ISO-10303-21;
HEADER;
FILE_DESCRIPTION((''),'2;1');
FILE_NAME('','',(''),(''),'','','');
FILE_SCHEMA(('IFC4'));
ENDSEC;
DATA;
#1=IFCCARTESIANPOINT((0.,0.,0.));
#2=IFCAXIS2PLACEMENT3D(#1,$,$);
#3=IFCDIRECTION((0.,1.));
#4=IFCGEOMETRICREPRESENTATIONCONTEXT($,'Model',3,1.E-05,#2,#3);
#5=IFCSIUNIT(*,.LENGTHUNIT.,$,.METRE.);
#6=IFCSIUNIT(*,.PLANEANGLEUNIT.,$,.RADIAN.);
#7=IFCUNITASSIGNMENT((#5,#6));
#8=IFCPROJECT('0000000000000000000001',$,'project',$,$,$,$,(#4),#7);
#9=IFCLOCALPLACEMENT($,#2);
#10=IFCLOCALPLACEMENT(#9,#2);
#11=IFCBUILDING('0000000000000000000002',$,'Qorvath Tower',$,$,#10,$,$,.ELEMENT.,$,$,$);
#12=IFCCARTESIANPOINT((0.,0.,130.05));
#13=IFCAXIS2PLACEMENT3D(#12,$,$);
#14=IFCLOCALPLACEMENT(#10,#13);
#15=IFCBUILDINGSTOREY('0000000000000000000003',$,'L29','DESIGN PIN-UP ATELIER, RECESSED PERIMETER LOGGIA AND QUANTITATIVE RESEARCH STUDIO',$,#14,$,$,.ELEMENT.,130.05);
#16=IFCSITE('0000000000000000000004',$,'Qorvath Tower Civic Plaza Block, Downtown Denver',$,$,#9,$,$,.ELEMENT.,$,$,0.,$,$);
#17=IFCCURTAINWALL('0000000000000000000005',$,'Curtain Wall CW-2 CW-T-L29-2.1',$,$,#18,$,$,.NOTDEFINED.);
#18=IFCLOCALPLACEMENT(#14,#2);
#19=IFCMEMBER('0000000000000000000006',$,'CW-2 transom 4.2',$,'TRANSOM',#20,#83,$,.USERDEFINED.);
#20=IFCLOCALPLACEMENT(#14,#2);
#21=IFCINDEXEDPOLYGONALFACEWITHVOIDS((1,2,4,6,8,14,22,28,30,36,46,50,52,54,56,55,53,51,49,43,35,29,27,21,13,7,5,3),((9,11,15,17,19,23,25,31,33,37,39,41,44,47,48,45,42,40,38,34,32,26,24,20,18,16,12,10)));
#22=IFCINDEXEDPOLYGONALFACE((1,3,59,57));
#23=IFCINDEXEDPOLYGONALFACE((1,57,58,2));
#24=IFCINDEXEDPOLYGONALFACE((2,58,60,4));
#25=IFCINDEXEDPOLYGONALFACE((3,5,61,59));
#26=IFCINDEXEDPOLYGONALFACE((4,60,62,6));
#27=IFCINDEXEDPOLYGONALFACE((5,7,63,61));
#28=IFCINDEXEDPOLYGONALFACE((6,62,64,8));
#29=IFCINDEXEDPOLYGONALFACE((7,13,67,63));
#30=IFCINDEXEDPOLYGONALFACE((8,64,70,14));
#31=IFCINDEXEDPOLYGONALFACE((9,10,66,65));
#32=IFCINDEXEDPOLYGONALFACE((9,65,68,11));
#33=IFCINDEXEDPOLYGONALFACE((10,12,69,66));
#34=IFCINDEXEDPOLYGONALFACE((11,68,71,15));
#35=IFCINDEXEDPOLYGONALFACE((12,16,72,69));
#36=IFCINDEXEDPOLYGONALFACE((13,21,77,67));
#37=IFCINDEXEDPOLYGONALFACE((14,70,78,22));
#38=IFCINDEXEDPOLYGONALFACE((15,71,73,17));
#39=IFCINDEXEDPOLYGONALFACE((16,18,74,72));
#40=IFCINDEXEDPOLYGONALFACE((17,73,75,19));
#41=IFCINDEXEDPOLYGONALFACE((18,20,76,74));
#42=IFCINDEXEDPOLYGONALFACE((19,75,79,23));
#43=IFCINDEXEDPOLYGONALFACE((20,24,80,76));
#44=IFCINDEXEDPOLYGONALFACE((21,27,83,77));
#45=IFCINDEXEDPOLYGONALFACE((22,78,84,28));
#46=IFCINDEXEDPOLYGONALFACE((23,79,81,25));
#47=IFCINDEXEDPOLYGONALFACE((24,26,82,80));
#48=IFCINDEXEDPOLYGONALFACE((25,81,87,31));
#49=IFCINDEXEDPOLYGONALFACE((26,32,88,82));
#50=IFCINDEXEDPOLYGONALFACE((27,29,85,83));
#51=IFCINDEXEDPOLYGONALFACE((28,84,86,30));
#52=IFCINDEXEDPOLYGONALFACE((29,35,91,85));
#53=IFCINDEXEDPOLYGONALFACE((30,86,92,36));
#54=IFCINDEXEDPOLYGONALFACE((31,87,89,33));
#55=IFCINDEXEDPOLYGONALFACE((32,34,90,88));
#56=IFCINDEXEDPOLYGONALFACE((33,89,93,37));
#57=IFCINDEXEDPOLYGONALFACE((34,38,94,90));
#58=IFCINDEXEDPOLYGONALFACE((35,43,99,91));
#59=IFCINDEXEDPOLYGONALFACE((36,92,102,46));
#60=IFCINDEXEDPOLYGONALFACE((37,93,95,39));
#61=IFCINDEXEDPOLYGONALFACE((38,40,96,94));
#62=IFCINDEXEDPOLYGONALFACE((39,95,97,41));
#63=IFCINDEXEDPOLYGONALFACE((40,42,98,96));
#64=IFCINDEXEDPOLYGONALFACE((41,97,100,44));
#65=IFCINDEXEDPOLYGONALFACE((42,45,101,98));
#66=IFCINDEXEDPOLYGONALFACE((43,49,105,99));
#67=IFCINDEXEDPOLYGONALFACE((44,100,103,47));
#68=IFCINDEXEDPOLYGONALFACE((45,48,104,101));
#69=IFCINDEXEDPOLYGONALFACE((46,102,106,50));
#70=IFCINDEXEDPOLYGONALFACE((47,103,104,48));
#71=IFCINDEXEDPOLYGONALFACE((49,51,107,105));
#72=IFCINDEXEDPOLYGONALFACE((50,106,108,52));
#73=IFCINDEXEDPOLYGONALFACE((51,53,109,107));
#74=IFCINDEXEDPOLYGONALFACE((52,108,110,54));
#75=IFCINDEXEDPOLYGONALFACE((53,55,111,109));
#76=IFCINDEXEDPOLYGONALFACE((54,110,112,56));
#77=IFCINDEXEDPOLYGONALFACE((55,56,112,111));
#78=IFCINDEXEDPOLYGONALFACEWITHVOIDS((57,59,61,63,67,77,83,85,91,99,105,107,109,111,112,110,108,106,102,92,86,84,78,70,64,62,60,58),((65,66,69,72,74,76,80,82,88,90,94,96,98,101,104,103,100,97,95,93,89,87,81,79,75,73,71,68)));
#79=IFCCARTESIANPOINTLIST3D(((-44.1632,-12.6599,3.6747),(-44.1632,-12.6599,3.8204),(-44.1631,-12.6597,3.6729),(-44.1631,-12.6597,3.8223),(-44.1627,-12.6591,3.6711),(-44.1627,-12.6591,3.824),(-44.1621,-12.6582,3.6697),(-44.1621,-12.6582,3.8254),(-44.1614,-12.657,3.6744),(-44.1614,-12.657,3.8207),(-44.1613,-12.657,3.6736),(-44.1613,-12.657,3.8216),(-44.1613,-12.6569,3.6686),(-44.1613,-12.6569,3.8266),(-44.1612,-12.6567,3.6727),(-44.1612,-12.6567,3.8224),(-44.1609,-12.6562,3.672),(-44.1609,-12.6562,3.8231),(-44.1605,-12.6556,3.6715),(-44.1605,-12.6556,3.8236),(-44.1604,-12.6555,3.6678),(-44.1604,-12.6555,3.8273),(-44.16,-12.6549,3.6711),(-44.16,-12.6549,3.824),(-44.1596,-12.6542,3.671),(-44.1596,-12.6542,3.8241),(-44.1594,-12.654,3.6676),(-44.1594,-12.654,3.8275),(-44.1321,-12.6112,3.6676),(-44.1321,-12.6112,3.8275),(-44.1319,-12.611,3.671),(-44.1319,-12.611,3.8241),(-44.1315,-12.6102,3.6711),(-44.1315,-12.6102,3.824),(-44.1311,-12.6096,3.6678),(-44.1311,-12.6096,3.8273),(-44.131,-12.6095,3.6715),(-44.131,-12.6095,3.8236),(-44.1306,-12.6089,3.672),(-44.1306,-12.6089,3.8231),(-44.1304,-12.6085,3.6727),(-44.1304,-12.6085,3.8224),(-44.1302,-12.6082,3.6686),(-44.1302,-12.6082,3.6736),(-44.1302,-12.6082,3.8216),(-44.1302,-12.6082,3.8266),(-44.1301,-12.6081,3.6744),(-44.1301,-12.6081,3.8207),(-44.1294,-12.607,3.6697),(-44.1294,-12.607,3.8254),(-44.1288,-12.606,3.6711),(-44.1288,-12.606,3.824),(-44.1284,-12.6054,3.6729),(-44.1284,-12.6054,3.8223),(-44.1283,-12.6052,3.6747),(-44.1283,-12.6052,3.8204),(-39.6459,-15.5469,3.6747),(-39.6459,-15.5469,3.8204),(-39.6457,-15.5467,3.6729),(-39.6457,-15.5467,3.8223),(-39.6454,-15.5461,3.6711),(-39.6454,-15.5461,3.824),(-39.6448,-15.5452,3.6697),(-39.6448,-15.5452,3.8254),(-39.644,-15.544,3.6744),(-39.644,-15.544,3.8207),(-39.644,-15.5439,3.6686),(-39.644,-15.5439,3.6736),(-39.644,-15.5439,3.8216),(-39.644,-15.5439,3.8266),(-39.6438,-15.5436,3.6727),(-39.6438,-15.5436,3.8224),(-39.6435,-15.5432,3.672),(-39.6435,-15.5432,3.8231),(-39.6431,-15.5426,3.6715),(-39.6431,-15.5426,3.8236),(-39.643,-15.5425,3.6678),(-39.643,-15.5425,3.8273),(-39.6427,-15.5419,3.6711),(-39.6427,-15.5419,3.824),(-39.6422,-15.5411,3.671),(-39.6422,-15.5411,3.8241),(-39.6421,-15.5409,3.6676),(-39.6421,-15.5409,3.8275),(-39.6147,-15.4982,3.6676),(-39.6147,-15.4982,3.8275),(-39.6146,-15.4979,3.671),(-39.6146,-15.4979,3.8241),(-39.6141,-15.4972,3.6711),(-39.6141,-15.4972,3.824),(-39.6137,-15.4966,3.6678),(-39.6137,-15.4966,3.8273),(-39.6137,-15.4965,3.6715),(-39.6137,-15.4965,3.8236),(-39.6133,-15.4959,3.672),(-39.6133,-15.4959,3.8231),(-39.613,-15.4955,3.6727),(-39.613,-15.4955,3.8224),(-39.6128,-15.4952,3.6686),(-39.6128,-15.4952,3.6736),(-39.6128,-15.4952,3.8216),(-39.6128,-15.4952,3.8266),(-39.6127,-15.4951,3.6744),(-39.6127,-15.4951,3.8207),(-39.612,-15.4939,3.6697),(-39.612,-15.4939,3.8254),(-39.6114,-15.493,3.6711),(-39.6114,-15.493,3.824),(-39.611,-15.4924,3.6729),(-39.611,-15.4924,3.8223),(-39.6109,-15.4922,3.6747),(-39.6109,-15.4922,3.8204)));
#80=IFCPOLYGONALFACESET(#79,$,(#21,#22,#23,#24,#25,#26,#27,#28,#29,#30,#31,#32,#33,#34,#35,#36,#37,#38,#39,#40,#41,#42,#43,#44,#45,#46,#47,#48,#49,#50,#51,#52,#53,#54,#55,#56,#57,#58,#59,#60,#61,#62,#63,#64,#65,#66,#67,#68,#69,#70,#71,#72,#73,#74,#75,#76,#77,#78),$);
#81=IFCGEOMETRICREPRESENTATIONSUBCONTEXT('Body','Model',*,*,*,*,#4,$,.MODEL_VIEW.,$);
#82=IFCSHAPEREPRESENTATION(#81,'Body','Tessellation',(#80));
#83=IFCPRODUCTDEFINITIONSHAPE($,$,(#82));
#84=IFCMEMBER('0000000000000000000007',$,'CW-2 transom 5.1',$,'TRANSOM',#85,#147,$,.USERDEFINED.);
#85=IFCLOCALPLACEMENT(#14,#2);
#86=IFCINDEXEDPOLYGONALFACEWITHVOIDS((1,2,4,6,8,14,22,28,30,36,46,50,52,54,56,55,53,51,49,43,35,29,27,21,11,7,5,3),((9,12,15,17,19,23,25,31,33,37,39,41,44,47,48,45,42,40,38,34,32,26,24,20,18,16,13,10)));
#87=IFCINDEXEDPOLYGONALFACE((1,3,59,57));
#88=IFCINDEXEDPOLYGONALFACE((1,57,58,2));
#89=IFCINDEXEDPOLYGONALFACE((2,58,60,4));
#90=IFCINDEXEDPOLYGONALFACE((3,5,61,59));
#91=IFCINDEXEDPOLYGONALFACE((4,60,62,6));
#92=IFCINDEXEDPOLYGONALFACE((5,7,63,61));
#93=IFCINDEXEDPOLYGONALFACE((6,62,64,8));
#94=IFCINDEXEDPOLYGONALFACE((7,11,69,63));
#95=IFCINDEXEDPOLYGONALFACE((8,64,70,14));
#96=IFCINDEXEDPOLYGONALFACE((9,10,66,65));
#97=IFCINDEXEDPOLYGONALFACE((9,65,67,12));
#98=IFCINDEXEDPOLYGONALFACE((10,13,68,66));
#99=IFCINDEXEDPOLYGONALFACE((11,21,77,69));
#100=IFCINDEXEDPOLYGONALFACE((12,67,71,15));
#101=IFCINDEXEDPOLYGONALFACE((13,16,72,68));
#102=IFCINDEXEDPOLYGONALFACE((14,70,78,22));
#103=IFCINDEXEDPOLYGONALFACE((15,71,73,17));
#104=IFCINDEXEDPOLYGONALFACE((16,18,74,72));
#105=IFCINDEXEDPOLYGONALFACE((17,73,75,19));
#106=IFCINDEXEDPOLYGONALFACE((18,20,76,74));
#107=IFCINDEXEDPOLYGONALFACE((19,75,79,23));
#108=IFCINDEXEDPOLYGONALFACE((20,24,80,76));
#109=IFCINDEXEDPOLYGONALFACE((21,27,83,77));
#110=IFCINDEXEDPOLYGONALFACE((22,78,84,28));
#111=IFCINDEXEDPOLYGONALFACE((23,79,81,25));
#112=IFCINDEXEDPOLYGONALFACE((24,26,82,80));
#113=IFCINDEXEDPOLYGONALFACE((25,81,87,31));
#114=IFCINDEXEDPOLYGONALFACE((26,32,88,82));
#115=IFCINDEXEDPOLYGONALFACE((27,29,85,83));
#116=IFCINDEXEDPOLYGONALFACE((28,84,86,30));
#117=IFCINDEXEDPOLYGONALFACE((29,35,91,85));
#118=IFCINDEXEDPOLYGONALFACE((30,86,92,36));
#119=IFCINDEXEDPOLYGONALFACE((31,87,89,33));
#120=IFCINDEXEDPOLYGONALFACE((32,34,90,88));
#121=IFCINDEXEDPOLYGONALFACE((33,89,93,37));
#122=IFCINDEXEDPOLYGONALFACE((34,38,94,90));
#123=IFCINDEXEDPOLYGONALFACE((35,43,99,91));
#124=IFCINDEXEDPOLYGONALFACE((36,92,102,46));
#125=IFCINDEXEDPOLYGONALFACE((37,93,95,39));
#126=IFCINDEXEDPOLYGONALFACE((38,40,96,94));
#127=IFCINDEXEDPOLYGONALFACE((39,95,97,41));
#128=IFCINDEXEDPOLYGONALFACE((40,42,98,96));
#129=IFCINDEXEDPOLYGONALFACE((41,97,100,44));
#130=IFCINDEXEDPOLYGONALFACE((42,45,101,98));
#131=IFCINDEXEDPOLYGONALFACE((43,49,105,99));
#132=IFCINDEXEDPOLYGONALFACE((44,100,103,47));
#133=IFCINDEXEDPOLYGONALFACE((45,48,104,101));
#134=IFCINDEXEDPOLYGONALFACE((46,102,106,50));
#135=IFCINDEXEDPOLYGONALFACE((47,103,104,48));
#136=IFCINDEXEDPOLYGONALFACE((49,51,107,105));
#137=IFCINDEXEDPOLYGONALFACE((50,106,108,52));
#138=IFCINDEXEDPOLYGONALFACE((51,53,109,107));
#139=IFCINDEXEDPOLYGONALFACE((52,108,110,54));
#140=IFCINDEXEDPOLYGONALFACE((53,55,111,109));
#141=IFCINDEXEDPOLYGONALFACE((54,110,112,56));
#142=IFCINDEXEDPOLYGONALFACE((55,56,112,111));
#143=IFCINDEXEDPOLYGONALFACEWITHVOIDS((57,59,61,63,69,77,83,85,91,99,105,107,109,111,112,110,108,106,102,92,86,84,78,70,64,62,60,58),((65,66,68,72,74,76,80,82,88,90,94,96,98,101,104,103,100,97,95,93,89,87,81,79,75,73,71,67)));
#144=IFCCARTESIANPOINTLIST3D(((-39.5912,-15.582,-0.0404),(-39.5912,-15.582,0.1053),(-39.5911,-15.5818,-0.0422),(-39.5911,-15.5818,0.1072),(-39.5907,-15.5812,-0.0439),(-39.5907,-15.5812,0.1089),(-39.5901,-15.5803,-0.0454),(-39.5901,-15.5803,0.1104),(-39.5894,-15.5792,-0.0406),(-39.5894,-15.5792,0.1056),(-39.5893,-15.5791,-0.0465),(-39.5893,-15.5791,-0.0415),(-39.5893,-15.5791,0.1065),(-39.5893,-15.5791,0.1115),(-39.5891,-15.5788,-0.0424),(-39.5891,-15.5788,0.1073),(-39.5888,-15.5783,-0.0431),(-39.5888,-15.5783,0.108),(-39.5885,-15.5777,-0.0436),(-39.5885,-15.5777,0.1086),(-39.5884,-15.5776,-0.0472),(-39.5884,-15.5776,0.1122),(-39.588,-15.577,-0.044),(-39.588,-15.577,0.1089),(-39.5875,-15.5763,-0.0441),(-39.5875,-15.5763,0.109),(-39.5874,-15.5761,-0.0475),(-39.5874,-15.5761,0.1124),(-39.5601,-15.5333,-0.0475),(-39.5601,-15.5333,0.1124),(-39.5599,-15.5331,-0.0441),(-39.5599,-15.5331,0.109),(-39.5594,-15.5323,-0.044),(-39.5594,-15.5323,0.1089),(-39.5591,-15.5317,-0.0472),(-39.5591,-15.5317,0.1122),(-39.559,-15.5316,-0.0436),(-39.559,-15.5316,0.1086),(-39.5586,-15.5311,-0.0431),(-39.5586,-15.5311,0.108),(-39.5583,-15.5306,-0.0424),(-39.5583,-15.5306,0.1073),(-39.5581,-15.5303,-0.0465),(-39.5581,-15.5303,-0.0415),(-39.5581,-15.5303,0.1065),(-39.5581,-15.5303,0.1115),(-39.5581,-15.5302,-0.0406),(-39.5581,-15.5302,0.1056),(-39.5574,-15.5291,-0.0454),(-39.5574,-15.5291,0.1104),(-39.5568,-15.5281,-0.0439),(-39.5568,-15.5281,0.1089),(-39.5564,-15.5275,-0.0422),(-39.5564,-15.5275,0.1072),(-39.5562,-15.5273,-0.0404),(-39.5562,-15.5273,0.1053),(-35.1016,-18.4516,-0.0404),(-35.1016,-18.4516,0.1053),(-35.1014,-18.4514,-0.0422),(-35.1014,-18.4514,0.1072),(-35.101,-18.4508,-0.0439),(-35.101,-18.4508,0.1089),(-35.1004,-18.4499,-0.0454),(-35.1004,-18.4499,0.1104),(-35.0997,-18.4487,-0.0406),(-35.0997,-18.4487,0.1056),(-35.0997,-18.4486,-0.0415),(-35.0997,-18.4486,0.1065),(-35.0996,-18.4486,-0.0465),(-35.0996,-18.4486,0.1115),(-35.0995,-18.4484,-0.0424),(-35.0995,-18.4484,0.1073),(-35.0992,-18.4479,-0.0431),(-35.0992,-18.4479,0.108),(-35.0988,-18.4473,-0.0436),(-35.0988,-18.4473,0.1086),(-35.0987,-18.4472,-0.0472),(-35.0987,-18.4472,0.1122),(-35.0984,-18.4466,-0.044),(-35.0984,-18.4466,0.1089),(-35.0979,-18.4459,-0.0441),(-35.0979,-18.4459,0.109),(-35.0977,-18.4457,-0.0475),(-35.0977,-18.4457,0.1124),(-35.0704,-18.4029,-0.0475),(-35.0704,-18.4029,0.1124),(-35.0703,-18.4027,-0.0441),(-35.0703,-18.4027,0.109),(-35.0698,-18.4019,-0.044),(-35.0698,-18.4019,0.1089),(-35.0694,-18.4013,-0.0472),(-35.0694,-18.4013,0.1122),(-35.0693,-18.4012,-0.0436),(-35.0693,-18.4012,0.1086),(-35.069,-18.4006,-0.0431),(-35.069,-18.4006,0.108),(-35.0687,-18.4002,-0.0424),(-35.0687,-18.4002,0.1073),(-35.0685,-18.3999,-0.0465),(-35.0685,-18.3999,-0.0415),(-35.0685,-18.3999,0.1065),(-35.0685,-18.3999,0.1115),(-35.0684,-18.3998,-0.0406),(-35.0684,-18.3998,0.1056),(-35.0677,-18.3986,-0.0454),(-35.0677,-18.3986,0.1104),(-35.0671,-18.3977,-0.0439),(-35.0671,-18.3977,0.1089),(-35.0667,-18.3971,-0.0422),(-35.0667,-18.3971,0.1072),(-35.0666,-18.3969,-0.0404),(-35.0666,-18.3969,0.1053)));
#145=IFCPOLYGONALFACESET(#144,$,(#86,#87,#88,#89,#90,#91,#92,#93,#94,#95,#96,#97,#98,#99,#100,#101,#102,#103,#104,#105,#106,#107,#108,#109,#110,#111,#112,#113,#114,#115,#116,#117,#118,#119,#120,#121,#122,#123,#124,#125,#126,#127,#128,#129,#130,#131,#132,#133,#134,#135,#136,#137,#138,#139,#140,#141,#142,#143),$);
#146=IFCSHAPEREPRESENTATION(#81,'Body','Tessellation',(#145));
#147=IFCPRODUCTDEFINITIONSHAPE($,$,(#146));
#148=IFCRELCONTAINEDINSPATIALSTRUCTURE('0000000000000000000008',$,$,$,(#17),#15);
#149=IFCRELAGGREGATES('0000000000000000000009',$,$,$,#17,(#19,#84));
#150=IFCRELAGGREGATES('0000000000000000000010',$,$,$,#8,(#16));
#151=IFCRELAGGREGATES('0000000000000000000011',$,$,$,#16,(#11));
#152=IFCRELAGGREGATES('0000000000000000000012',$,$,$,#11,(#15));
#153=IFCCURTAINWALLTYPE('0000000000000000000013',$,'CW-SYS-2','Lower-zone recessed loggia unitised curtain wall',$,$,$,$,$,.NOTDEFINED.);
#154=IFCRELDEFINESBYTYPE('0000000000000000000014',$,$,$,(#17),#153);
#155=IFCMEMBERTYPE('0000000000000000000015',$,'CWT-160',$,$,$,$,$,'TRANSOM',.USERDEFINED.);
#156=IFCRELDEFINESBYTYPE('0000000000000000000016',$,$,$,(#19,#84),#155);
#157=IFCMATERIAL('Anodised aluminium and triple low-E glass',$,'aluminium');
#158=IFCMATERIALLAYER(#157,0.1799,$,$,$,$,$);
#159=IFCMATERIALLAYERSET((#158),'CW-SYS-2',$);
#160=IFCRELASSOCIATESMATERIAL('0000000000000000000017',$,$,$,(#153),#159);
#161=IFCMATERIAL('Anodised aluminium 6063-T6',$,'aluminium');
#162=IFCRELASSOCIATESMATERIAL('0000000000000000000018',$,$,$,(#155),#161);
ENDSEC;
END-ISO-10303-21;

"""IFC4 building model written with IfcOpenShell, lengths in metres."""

from ifc_helpers import new_model, si_unit, direction, frame, origin, origin_2d, place, context, subcontext, project, spatial, hollow_rectangle, extrude, material, layer, layer_set, material_profile, profile_set, type_object, element, aggregate, save


model = new_model("IFC4")

# Units and contexts
model_context = context("Model", 3, precision=1e-05, world=origin(), true_north=direction((0.0, 1.0)))
body_context = subcontext(model_context, "Body", "Model", "MODEL_VIEW")
ifc_project = project(units=[si_unit("LENGTHUNIT", "METRE"), si_unit("PLANEANGLEUNIT", "RADIAN")], contexts=[model_context])

# Site, building, storey
site_placement = place(None, origin())
site = spatial("IfcSite", under=ifc_project, at=site_placement, Name="Qorvath Tower Civic Plaza Block, Downtown Denver", CompositionType="ELEMENT", RefElevation=0.0)
building_placement = place(site_placement, origin())
building = spatial("IfcBuilding", under=site, at=building_placement, Name="Qorvath Tower", CompositionType="ELEMENT")
storey_placement = place(building_placement, frame((0.0, 0.0, 130.05)))
storey = spatial("IfcBuildingStorey", under=building, at=storey_placement, Name="L29", Description="DESIGN PIN-UP ATELIER, RECESSED PERIMETER LOGGIA AND QUANTITATIVE RESEARCH STUDIO", CompositionType="ELEMENT", Elevation=130.05)

# Curtain wall, members
ifc_material_1 = material(Name="Anodised aluminium and triple low-E glass", Category="aluminium")
ifc_layer_1 = layer(ifc_material_1, 0.1799)
ifc_layer_set_1 = layer_set([ifc_layer_1], Name="CW-SYS-2")
curtain_wall_type = type_object("IfcCurtainWallType", Name="CW-SYS-2", Description="Lower-zone recessed loggia unitised curtain wall", PredefinedType="NOTDEFINED", material=ifc_layer_set_1)
curtain_wall_placement = place(storey_placement, origin())
curtain_wall = element("IfcCurtainWall", 1, at=curtain_wall_placement, inside=storey, type_object=curtain_wall_type, Name="Curtain Wall CW-2 CW-T-L29-2.1", PredefinedType="NOTDEFINED")
ifc_material_2 = material(Name="Anodised aluminium 6063-T6", Category="aluminium")
ifc_material_profile_1 = material_profile(ifc_material_2, hollow_rectangle(XDim=0.0649, YDim=0.1599, WallThickness=0.0034, InnerFilletRadius=0.0034, OuterFilletRadius=0.0071, at=origin_2d()), Name="CWT 160x65")
ifc_profile_set_1 = profile_set([ifc_material_profile_1], Name="Anodised aluminium 6063-T6")
member_type_1 = type_object("IfcMemberType", Name="CWT-160", ElementType="TRANSOM", PredefinedType="USERDEFINED", material=ifc_profile_set_1)
member_1_placement = place(storey_placement, frame((-44.1458, -12.6326, 3.7476), z_axis=(0.842621, -0.538507, 0.0), x_axis=(0.538507, 0.842621, 0.0)))
member_1 = element("IfcMember", 2, at=member_1_placement, type_object=member_type_1, Name="CW-2 transom 4.2", ObjectType="TRANSOM", PredefinedType="USERDEFINED", context=body_context, shape_type="SweptSolid", body=[
    extrude(hollow_rectangle(XDim=0.0649, YDim=0.1599, WallThickness=0.0034, InnerFilletRadius=0.0034, OuterFilletRadius=0.0071, at=origin_2d()), origin(), (0.0, 0.0, 1.0), 5.3611),
])
member_2_placement = place(storey_placement, frame((-39.5737, -15.5547, 0.0325), z_axis=(0.842596, -0.538547, 0.0), x_axis=(0.538547, 0.842596, 0.0)))
member_2 = element("IfcMember", 3, at=member_2_placement, type_object=member_type_1, Name="CW-2 transom 5.1", ObjectType="TRANSOM", PredefinedType="USERDEFINED", context=body_context, shape_type="SweptSolid", body=[
    extrude(hollow_rectangle(XDim=0.0649, YDim=0.1599, WallThickness=0.0034, InnerFilletRadius=0.0034, OuterFilletRadius=0.0071, at=origin_2d()), origin(), (0.0, 0.0, 1.0), 5.3284),
])
aggregate(curtain_wall, [member_1, member_2])

save(model, "model.ifc")
